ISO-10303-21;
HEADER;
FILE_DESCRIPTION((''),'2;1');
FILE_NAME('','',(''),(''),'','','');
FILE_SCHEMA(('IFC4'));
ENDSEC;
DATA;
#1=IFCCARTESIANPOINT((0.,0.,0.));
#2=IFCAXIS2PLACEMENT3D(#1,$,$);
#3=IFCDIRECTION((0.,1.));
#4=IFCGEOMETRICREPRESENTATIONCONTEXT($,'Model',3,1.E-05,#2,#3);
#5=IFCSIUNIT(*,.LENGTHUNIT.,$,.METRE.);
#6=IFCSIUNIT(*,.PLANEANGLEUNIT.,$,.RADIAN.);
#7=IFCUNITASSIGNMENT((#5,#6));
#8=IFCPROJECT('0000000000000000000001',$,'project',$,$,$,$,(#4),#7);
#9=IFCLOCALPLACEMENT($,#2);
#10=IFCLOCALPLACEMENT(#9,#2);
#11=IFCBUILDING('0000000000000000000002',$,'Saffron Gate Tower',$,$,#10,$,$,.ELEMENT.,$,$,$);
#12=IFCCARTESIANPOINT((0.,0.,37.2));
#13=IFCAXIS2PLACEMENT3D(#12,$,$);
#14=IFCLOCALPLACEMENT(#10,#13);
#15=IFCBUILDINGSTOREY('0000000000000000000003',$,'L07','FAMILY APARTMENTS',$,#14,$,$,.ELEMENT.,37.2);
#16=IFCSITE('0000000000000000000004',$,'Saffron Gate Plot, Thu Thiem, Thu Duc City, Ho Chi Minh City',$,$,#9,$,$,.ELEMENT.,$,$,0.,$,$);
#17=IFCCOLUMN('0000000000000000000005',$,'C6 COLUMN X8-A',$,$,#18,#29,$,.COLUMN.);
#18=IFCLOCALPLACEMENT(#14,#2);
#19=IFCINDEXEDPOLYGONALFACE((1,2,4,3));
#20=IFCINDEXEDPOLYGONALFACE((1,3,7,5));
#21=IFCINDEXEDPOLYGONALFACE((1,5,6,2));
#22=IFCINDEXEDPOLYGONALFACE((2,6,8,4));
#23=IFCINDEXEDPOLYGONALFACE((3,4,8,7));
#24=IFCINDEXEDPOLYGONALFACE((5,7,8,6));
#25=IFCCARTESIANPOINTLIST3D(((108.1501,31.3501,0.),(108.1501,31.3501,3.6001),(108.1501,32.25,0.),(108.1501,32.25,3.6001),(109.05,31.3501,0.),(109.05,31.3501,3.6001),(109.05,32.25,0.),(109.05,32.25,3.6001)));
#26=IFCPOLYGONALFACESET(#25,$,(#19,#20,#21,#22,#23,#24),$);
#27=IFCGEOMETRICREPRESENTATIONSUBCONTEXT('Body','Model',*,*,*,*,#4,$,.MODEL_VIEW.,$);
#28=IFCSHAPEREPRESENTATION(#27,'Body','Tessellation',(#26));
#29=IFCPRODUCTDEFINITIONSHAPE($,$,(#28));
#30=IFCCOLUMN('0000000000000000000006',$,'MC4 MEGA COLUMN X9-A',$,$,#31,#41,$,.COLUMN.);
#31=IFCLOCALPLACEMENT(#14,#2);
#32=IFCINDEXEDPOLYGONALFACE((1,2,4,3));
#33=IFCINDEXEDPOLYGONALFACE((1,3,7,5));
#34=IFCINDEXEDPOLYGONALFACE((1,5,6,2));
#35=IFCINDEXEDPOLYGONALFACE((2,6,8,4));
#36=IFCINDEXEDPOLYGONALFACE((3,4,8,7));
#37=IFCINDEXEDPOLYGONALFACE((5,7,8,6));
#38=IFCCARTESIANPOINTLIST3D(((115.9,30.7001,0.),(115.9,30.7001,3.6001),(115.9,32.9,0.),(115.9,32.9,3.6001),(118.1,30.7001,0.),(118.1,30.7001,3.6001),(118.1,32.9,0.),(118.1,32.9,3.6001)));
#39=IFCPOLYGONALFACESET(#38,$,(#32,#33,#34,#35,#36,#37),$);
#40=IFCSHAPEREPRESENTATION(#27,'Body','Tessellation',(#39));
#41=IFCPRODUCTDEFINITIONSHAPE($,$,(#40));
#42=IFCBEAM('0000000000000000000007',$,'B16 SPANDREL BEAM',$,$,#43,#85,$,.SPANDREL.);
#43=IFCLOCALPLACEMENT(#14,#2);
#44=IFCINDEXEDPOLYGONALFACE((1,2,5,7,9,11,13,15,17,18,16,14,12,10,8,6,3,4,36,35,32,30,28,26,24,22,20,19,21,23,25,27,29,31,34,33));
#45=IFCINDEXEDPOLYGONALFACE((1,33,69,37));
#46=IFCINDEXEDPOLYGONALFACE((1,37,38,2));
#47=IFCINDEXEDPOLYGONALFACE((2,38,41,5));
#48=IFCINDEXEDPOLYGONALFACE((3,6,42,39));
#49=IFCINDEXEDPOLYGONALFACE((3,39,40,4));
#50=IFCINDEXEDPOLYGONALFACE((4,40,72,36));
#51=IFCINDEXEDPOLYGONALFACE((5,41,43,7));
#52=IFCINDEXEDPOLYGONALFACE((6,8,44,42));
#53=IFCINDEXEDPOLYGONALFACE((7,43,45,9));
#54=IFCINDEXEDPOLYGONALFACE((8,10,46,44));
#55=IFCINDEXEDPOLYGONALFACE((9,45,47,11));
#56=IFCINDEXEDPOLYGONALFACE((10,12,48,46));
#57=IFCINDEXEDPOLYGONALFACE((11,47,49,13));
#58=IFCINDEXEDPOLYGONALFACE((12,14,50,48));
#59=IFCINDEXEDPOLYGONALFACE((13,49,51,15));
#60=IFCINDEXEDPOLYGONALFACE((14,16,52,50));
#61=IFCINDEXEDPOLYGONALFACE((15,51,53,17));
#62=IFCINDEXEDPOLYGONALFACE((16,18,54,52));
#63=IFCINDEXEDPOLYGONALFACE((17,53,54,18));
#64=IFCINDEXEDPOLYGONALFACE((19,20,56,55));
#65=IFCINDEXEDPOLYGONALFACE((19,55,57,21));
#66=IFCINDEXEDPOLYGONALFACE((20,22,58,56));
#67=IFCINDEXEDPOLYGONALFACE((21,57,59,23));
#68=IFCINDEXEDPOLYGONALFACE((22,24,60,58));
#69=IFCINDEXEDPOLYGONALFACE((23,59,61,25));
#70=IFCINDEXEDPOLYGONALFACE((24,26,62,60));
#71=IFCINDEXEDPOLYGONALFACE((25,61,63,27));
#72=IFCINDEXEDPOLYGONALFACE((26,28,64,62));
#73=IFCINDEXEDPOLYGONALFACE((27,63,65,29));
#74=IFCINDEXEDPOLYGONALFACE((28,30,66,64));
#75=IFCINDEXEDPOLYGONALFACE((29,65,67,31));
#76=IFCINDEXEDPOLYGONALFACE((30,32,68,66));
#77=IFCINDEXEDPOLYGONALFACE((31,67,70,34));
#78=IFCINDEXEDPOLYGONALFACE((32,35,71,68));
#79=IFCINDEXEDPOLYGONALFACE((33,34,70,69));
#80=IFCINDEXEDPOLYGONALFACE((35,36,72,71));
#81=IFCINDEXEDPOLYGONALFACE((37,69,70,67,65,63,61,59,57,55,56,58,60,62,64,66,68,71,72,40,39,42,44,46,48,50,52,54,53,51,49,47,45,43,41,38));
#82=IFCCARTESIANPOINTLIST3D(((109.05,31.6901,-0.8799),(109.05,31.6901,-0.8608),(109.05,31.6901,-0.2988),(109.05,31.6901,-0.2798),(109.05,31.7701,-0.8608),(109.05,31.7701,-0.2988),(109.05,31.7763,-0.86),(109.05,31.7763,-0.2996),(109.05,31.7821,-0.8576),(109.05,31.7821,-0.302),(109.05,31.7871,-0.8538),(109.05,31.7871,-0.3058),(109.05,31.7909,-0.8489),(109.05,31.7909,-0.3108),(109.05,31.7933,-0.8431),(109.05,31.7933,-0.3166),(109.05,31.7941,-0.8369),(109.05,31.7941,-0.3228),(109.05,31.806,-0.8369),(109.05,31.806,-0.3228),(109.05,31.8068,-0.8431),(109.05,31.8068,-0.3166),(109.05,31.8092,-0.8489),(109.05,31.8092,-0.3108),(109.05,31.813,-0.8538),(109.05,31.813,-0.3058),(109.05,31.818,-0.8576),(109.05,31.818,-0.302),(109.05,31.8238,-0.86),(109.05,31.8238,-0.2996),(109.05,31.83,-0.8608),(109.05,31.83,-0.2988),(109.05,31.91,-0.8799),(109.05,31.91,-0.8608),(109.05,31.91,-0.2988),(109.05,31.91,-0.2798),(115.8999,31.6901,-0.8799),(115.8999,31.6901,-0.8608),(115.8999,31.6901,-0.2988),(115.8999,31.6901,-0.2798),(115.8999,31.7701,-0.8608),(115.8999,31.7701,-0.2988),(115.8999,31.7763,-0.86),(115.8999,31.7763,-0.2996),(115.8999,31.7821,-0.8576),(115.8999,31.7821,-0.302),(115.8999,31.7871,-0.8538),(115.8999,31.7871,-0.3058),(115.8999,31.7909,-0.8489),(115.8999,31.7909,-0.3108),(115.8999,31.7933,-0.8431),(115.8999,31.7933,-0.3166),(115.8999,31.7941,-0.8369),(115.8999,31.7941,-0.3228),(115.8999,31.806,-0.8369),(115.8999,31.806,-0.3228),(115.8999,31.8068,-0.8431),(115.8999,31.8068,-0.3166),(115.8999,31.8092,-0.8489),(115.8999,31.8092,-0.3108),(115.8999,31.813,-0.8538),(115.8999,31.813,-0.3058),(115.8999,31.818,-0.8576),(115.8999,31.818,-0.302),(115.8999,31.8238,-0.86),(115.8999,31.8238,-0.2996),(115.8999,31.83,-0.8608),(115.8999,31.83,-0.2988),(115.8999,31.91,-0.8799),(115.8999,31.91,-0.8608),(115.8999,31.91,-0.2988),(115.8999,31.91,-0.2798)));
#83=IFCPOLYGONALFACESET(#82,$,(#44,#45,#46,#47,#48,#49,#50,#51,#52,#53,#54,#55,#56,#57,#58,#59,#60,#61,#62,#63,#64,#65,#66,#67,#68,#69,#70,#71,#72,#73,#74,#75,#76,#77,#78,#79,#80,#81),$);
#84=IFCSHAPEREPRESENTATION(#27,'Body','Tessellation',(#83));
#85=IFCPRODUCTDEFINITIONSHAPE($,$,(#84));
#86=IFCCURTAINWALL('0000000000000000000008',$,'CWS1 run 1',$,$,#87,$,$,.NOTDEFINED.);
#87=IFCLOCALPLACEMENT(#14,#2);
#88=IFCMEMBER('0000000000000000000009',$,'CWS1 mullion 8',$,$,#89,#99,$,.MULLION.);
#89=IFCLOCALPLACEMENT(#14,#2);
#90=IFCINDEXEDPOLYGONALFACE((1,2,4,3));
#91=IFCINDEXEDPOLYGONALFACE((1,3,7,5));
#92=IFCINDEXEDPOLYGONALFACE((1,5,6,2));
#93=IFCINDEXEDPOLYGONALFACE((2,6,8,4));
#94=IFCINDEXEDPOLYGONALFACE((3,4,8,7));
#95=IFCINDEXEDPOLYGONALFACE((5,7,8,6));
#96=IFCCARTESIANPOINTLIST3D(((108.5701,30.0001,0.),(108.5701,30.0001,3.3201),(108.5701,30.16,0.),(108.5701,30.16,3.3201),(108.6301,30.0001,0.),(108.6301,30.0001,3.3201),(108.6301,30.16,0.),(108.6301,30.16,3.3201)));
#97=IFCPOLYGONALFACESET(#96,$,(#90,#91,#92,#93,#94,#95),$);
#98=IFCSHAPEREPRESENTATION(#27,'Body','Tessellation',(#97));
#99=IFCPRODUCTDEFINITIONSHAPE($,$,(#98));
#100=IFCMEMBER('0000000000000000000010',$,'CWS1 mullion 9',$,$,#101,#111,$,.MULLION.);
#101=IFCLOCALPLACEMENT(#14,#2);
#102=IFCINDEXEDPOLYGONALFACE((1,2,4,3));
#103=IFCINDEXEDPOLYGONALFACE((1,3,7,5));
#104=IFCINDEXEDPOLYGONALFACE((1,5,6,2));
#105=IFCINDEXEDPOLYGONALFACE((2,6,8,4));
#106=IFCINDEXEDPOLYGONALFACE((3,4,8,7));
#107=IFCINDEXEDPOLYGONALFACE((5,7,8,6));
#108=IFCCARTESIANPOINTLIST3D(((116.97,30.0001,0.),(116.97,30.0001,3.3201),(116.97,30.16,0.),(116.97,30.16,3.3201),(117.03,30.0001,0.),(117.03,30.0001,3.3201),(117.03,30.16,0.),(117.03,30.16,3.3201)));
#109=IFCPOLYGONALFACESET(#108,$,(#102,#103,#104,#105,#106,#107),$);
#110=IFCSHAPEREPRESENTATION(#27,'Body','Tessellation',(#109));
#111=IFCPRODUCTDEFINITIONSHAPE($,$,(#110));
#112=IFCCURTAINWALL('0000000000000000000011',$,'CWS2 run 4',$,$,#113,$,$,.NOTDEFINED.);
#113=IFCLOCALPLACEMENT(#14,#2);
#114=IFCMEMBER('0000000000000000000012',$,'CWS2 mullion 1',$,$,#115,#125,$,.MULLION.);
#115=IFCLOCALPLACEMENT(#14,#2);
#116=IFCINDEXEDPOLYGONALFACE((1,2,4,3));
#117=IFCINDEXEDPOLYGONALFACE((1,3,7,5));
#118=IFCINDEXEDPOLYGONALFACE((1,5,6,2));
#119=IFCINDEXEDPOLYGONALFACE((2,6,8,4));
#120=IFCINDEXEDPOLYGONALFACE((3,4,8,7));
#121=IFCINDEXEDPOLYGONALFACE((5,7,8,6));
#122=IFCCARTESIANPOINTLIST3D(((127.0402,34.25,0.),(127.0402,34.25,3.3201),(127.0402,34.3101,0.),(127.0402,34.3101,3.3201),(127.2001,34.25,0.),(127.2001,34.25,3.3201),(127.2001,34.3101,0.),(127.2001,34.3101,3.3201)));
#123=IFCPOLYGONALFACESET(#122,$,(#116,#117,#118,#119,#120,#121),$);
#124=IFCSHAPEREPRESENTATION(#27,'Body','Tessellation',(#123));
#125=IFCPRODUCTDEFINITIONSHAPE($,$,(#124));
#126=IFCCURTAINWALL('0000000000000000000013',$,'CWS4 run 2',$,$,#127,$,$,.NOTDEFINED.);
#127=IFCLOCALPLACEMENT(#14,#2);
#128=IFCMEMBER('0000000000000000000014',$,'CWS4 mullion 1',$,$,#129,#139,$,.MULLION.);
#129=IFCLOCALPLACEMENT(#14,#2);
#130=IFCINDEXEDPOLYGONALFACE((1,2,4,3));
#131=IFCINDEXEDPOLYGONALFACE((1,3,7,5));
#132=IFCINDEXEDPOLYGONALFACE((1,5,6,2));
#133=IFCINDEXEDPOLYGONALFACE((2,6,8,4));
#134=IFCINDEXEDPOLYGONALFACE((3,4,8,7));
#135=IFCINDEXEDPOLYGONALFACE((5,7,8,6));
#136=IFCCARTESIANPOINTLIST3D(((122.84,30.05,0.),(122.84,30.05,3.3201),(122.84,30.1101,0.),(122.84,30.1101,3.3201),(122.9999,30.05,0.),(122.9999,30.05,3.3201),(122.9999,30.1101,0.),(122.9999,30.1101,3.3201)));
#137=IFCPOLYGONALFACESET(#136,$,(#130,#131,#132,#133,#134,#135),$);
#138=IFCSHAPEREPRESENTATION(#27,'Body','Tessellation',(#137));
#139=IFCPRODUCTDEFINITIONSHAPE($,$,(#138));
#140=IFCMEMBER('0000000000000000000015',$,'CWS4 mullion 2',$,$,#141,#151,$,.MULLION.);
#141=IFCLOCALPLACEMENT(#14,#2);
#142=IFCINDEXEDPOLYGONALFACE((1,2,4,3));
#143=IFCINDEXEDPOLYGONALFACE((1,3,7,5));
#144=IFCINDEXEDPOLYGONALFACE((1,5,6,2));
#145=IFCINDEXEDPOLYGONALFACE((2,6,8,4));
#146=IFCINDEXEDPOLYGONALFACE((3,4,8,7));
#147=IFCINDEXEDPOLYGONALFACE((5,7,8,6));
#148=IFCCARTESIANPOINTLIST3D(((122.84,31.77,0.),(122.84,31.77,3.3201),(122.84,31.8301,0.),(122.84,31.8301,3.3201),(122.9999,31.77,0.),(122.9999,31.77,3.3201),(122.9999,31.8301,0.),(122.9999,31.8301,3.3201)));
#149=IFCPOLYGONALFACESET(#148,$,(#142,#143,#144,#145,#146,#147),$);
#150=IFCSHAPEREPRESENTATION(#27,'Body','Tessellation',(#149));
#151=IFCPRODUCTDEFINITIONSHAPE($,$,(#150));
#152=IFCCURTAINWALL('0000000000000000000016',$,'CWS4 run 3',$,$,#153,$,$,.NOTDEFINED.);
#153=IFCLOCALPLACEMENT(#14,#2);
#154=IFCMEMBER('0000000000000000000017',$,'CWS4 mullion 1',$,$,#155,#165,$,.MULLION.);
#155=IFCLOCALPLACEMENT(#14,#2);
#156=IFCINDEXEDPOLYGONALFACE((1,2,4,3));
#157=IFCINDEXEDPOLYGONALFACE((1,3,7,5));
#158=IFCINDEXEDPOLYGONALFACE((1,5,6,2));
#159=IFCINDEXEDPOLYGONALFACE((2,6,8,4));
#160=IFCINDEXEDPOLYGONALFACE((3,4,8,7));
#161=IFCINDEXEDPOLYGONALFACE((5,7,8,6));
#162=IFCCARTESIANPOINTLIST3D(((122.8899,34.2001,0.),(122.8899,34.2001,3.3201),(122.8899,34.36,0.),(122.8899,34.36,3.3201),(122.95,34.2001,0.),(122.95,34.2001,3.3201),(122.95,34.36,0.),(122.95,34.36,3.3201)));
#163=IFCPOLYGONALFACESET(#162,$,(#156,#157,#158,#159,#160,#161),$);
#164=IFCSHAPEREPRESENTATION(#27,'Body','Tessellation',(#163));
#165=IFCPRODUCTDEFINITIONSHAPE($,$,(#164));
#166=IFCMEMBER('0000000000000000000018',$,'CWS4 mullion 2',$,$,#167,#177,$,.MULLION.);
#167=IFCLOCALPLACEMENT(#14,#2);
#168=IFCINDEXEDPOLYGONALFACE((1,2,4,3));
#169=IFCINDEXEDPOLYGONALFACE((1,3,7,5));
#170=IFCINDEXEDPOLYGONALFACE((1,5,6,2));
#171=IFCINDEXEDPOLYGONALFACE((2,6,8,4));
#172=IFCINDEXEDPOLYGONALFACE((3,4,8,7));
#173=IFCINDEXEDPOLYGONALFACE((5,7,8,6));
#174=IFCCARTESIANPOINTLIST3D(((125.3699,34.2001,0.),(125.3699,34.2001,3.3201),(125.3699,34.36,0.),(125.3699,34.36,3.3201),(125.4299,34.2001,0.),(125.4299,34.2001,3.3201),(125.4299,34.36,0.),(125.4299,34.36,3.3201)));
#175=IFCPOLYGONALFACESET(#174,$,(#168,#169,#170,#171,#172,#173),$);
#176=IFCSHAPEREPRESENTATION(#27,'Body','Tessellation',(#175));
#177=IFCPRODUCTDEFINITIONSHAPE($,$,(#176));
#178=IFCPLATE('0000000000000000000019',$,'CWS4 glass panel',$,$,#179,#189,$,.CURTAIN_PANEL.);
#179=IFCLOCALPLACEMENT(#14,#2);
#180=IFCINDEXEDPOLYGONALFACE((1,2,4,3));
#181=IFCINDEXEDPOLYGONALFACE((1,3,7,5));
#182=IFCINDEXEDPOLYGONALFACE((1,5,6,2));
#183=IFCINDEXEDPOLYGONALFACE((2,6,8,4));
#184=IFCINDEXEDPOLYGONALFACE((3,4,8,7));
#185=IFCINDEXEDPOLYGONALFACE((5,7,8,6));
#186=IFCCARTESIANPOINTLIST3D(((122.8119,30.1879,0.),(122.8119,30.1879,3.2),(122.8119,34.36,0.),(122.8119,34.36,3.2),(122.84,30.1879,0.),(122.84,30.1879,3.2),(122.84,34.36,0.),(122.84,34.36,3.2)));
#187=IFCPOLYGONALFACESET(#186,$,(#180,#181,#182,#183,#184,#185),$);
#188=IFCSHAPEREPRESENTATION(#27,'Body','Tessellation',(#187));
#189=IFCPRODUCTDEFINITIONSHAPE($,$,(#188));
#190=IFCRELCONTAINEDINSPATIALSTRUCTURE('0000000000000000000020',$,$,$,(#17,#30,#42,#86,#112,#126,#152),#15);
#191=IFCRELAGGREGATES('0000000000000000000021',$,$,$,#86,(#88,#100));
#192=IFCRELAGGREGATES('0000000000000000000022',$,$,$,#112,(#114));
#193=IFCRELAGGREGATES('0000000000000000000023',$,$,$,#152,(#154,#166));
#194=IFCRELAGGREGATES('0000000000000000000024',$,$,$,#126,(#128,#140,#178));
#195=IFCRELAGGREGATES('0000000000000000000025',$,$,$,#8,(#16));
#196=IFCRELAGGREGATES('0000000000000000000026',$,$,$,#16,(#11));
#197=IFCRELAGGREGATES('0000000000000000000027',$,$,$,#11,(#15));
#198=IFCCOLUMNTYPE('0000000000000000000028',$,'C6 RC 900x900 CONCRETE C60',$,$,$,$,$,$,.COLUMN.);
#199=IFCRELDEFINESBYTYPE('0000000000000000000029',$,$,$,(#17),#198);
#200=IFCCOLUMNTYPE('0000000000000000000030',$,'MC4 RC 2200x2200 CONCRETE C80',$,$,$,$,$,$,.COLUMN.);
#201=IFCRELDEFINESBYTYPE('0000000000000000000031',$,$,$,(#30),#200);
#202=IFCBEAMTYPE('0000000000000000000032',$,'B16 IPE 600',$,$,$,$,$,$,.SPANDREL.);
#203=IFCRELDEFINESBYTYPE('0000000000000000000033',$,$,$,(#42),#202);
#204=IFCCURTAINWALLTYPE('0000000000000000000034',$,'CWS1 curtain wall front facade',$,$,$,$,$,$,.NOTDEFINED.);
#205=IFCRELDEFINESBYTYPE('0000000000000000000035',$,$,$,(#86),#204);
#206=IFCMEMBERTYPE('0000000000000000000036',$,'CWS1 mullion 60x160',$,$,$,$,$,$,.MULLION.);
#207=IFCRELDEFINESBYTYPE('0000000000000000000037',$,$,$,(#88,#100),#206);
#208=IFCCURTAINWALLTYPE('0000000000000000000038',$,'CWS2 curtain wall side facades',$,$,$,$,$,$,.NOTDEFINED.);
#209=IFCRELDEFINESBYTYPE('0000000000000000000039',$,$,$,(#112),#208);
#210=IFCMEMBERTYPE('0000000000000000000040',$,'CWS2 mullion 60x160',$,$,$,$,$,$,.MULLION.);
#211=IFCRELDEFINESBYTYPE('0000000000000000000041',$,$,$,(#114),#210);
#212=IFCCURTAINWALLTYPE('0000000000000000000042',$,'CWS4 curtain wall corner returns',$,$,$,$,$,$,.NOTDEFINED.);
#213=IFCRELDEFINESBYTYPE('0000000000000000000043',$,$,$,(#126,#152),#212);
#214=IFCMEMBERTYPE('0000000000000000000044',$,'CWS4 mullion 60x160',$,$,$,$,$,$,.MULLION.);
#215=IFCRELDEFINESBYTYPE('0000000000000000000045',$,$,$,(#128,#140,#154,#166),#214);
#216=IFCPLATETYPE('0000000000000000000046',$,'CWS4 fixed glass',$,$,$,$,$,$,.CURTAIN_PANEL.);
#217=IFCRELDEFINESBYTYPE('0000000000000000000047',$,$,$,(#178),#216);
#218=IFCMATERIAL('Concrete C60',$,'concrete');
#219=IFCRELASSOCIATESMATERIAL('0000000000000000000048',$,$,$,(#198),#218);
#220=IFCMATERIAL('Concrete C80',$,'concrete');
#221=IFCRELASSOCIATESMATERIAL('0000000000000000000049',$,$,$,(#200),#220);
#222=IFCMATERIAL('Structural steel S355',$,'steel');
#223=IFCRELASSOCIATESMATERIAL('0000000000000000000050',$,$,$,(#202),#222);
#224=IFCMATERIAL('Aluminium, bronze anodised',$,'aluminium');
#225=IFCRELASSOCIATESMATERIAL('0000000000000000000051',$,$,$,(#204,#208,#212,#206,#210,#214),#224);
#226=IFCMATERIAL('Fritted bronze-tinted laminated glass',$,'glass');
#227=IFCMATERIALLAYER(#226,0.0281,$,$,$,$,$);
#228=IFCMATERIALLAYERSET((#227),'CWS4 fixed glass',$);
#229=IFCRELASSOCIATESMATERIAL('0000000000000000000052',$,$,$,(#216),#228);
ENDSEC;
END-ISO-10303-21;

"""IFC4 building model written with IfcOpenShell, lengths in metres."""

from ifc_helpers import new_model, si_unit, direction, frame, frame_2d, origin, origin_2d, place, context, subcontext, project, spatial, rectangle, i_section, extrude, material, layer, layer_set, material_profile, profile_set, type_object, element, aggregate, save


model = new_model("IFC4")

# Units and contexts
model_context = context("Model", 3, precision=1e-05, world=origin(), true_north=direction((0.0, 1.0)))
body_context = subcontext(model_context, "Body", "Model", "MODEL_VIEW")
ifc_project = project(units=[si_unit("LENGTHUNIT", "METRE"), si_unit("PLANEANGLEUNIT", "RADIAN")], contexts=[model_context])

# Site, building, storey
site_placement = place(None, origin())
site = spatial("IfcSite", under=ifc_project, at=site_placement, Name="Saffron Gate Plot, Thu Thiem, Thu Duc City, Ho Chi Minh City", CompositionType="ELEMENT", RefElevation=0.0)
building_placement = place(site_placement, origin())
building = spatial("IfcBuilding", under=site, at=building_placement, Name="Saffron Gate Tower", CompositionType="ELEMENT")
storey_placement = place(building_placement, frame((0.0, 0.0, 37.2)))
storey = spatial("IfcBuildingStorey", under=building, at=storey_placement, Name="L07", Description="FAMILY APARTMENTS", CompositionType="ELEMENT", Elevation=37.2)

# Columns
ifc_material_1 = material(Name="Concrete C60", Category="concrete")
ifc_material_profile_1 = material_profile(ifc_material_1, rectangle(XDim=0.8999, YDim=0.8999, at=origin_2d()))
ifc_profile_set_1 = profile_set([ifc_material_profile_1], Name="Concrete C60")
column_type_1 = type_object("IfcColumnType", Name="C6 RC 900x900 CONCRETE C60", PredefinedType="COLUMN", material=ifc_profile_set_1)
column_1_placement = place(storey_placement, frame((108.6001, 31.8, 0.0), z_axis=(0.0, 0.0, 1.0), x_axis=(1.0, 0.0, 0.0)))
element("IfcColumn", 1, at=column_1_placement, inside=storey, type_object=column_type_1, Name="C6 COLUMN X8-A", PredefinedType="COLUMN", context=body_context, shape_type="SweptSolid", body=[
    extrude(rectangle(XDim=0.8999, YDim=0.8999, at=origin_2d()), origin(), (0.0, 0.0, 1.0), 3.6001),
])
ifc_material_2 = material(Name="Concrete C80", Category="concrete")
ifc_material_profile_2 = material_profile(ifc_material_2, rectangle(XDim=2.2, YDim=2.2, at=origin_2d()))
ifc_profile_set_2 = profile_set([ifc_material_profile_2], Name="Concrete C80")
column_type_2 = type_object("IfcColumnType", Name="MC4 RC 2200x2200 CONCRETE C80", PredefinedType="COLUMN", material=ifc_profile_set_2)
column_2_placement = place(storey_placement, frame((117.0, 31.8, 0.0), z_axis=(0.0, 0.0, 1.0), x_axis=(1.0, 0.0, 0.0)))
element("IfcColumn", 2, at=column_2_placement, inside=storey, type_object=column_type_2, Name="MC4 MEGA COLUMN X9-A", PredefinedType="COLUMN", context=body_context, shape_type="SweptSolid", body=[
    extrude(rectangle(XDim=2.2, YDim=2.2, at=origin_2d()), origin(), (0.0, 0.0, 1.0), 3.6001),
])

# Beam
ifc_material_3 = material(Name="Structural steel S355", Category="steel")
ifc_material_profile_3 = material_profile(ifc_material_3, i_section(OverallWidth=0.22, OverallDepth=0.6001, WebThickness=0.012, FlangeThickness=0.019, FilletRadius=0.0239, at=origin_2d()))
ifc_profile_set_3 = profile_set([ifc_material_profile_3], Name="Structural steel S355")
beam_type = type_object("IfcBeamType", Name="B16 IPE 600", PredefinedType="SPANDREL", material=ifc_profile_set_3)
beam_placement = place(storey_placement, frame((109.05, 31.8, -0.5798), z_axis=(1.0, 0.0, 0.0), x_axis=(0.0, 1.0, 0.0)))
element("IfcBeam", 3, at=beam_placement, inside=storey, type_object=beam_type, Name="B16 SPANDREL BEAM", PredefinedType="SPANDREL", context=body_context, shape_type="SweptSolid", body=[
    extrude(i_section(OverallWidth=0.22, OverallDepth=0.6001, WebThickness=0.012, FlangeThickness=0.019, FilletRadius=0.0239, at=origin_2d()), origin(), (0.0, 0.0, 1.0), 6.8499),
])

# Curtain wall, members
ifc_material_4 = material(Name="Aluminium, bronze anodised", Category="aluminium")
curtain_wall_type_1 = type_object("IfcCurtainWallType", Name="CWS1 curtain wall front facade", PredefinedType="NOTDEFINED", material=ifc_material_4)
curtain_wall_1_placement = place(storey_placement, origin())
curtain_wall_1 = element("IfcCurtainWall", 4, at=curtain_wall_1_placement, inside=storey, type_object=curtain_wall_type_1, Name="CWS1 run 1", PredefinedType="NOTDEFINED")
ifc_material_profile_4 = material_profile(ifc_material_4, rectangle(XDim=0.1599, YDim=0.0601, at=origin_2d()))
ifc_profile_set_4 = profile_set([ifc_material_profile_4], Name="Aluminium, bronze anodised")
member_type_1 = type_object("IfcMemberType", Name="CWS1 mullion 60x160", PredefinedType="MULLION", material=ifc_profile_set_4)
member_1_placement = place(storey_placement, frame((108.6001, 30.0801, 0.0), z_axis=(0.0, 0.0, 1.0), x_axis=(0.0, 1.0, 0.0)))
member_1 = element("IfcMember", 5, at=member_1_placement, type_object=member_type_1, Name="CWS1 mullion 8", PredefinedType="MULLION", context=body_context, shape_type="SweptSolid", body=[
    extrude(rectangle(XDim=0.1599, YDim=0.0601, at=origin_2d()), origin(), (0.0, 0.0, 1.0), 3.3201),
])
member_2_placement = place(storey_placement, frame((117.0, 30.0801, 0.0), z_axis=(0.0, 0.0, 1.0), x_axis=(0.0, 1.0, 0.0)))
member_2 = element("IfcMember", 6, at=member_2_placement, type_object=member_type_1, Name="CWS1 mullion 9", PredefinedType="MULLION", context=body_context, shape_type="SweptSolid", body=[
    extrude(rectangle(XDim=0.1599, YDim=0.0601, at=origin_2d()), origin(), (0.0, 0.0, 1.0), 3.3201),
])
aggregate(curtain_wall_1, [member_1, member_2])

# Curtain wall, member
curtain_wall_type_2 = type_object("IfcCurtainWallType", Name="CWS2 curtain wall side facades", PredefinedType="NOTDEFINED", material=ifc_material_4)
curtain_wall_2_placement = place(storey_placement, origin())
curtain_wall_2 = element("IfcCurtainWall", 7, at=curtain_wall_2_placement, inside=storey, type_object=curtain_wall_type_2, Name="CWS2 run 4", PredefinedType="NOTDEFINED")
ifc_material_profile_5 = material_profile(ifc_material_4, rectangle(XDim=0.1599, YDim=0.0601, at=origin_2d()))
ifc_profile_set_5 = profile_set([ifc_material_profile_5], Name="Aluminium, bronze anodised")
member_type_2 = type_object("IfcMemberType", Name="CWS2 mullion 60x160", PredefinedType="MULLION", material=ifc_profile_set_5)
member_3_placement = place(storey_placement, frame((127.1201, 34.28, 0.0), z_axis=(0.0, 0.0, 1.0), x_axis=(-1.0, 0.0, 0.0)))
member_3 = element("IfcMember", 8, at=member_3_placement, type_object=member_type_2, Name="CWS2 mullion 1", PredefinedType="MULLION", context=body_context, shape_type="SweptSolid", body=[
    extrude(rectangle(XDim=0.1599, YDim=0.0601, at=origin_2d()), origin(), (0.0, 0.0, 1.0), 3.3201),
])
aggregate(curtain_wall_2, [member_3])

# Curtain walls, members
curtain_wall_type_3 = type_object("IfcCurtainWallType", Name="CWS4 curtain wall corner returns", PredefinedType="NOTDEFINED", material=ifc_material_4)
curtain_wall_3_placement = place(storey_placement, origin())
curtain_wall_3 = element("IfcCurtainWall", 9, at=curtain_wall_3_placement, inside=storey, type_object=curtain_wall_type_3, Name="CWS4 run 2", PredefinedType="NOTDEFINED")
ifc_material_profile_6 = material_profile(ifc_material_4, rectangle(XDim=0.1599, YDim=0.0601, at=origin_2d()))
ifc_profile_set_6 = profile_set([ifc_material_profile_6], Name="Aluminium, bronze anodised")
member_type_3 = type_object("IfcMemberType", Name="CWS4 mullion 60x160", PredefinedType="MULLION", material=ifc_profile_set_6)
member_4_placement = place(storey_placement, frame((122.9199, 30.0801, 0.0), z_axis=(0.0, 0.0, 1.0), x_axis=(-1.0, 0.0, 0.0)))
member_4 = element("IfcMember", 10, at=member_4_placement, type_object=member_type_3, Name="CWS4 mullion 1", PredefinedType="MULLION", context=body_context, shape_type="SweptSolid", body=[
    extrude(rectangle(XDim=0.1599, YDim=0.0601, at=origin_2d()), origin(), (0.0, 0.0, 1.0), 3.3201),
])
member_5_placement = place(storey_placement, frame((122.9199, 31.8, 0.0), z_axis=(0.0, 0.0, 1.0), x_axis=(-1.0, 0.0, 0.0)))
member_5 = element("IfcMember", 11, at=member_5_placement, type_object=member_type_3, Name="CWS4 mullion 2", PredefinedType="MULLION", context=body_context, shape_type="SweptSolid", body=[
    extrude(rectangle(XDim=0.1599, YDim=0.0601, at=origin_2d()), origin(), (0.0, 0.0, 1.0), 3.3201),
])
curtain_wall_4_placement = place(storey_placement, origin())
curtain_wall_4 = element("IfcCurtainWall", 12, at=curtain_wall_4_placement, inside=storey, type_object=curtain_wall_type_3, Name="CWS4 run 3", PredefinedType="NOTDEFINED")
member_6_placement = place(storey_placement, frame((122.9199, 34.28, 0.0), z_axis=(0.0, 0.0, 1.0), x_axis=(0.0, 1.0, 0.0)))
member_6 = element("IfcMember", 13, at=member_6_placement, type_object=member_type_3, Name="CWS4 mullion 1", PredefinedType="MULLION", context=body_context, shape_type="SweptSolid", body=[
    extrude(rectangle(XDim=0.1599, YDim=0.0601, at=origin_2d()), origin(), (0.0, 0.0, 1.0), 3.3201),
])
member_7_placement = place(storey_placement, frame((125.3999, 34.28, 0.0), z_axis=(0.0, 0.0, 1.0), x_axis=(0.0, 1.0, 0.0)))
member_7 = element("IfcMember", 14, at=member_7_placement, type_object=member_type_3, Name="CWS4 mullion 2", PredefinedType="MULLION", context=body_context, shape_type="SweptSolid", body=[
    extrude(rectangle(XDim=0.1599, YDim=0.0601, at=origin_2d()), origin(), (0.0, 0.0, 1.0), 3.3201),
])
aggregate(curtain_wall_4, [member_6, member_7])

# Plate
ifc_material_5 = material(Name="Fritted bronze-tinted laminated glass", Category="glass")
ifc_layer_1 = layer(ifc_material_5, 0.0281)
ifc_layer_set_1 = layer_set([ifc_layer_1], Name="CWS4 fixed glass")
plate_type = type_object("IfcPlateType", Name="CWS4 fixed glass", PredefinedType="CURTAIN_PANEL", material=ifc_layer_set_1)
plate_placement = place(storey_placement, frame((122.8259, 30.188, 0.0), z_axis=(0.0, 0.0, 1.0), x_axis=(0.0, 1.0, 0.0)))
plate = element("IfcPlate", 15, at=plate_placement, type_object=plate_type, Name="CWS4 glass panel", PredefinedType="CURTAIN_PANEL", context=body_context, shape_type="SweptSolid", body=[
    extrude(rectangle(XDim=4.1721, YDim=0.0281, at=frame_2d((2.0859, 0.0))), origin(), (0.0, 0.0, 1.0), 3.2),
])
aggregate(curtain_wall_3, [member_4, member_5, plate])

save(model, "model.ifc")
